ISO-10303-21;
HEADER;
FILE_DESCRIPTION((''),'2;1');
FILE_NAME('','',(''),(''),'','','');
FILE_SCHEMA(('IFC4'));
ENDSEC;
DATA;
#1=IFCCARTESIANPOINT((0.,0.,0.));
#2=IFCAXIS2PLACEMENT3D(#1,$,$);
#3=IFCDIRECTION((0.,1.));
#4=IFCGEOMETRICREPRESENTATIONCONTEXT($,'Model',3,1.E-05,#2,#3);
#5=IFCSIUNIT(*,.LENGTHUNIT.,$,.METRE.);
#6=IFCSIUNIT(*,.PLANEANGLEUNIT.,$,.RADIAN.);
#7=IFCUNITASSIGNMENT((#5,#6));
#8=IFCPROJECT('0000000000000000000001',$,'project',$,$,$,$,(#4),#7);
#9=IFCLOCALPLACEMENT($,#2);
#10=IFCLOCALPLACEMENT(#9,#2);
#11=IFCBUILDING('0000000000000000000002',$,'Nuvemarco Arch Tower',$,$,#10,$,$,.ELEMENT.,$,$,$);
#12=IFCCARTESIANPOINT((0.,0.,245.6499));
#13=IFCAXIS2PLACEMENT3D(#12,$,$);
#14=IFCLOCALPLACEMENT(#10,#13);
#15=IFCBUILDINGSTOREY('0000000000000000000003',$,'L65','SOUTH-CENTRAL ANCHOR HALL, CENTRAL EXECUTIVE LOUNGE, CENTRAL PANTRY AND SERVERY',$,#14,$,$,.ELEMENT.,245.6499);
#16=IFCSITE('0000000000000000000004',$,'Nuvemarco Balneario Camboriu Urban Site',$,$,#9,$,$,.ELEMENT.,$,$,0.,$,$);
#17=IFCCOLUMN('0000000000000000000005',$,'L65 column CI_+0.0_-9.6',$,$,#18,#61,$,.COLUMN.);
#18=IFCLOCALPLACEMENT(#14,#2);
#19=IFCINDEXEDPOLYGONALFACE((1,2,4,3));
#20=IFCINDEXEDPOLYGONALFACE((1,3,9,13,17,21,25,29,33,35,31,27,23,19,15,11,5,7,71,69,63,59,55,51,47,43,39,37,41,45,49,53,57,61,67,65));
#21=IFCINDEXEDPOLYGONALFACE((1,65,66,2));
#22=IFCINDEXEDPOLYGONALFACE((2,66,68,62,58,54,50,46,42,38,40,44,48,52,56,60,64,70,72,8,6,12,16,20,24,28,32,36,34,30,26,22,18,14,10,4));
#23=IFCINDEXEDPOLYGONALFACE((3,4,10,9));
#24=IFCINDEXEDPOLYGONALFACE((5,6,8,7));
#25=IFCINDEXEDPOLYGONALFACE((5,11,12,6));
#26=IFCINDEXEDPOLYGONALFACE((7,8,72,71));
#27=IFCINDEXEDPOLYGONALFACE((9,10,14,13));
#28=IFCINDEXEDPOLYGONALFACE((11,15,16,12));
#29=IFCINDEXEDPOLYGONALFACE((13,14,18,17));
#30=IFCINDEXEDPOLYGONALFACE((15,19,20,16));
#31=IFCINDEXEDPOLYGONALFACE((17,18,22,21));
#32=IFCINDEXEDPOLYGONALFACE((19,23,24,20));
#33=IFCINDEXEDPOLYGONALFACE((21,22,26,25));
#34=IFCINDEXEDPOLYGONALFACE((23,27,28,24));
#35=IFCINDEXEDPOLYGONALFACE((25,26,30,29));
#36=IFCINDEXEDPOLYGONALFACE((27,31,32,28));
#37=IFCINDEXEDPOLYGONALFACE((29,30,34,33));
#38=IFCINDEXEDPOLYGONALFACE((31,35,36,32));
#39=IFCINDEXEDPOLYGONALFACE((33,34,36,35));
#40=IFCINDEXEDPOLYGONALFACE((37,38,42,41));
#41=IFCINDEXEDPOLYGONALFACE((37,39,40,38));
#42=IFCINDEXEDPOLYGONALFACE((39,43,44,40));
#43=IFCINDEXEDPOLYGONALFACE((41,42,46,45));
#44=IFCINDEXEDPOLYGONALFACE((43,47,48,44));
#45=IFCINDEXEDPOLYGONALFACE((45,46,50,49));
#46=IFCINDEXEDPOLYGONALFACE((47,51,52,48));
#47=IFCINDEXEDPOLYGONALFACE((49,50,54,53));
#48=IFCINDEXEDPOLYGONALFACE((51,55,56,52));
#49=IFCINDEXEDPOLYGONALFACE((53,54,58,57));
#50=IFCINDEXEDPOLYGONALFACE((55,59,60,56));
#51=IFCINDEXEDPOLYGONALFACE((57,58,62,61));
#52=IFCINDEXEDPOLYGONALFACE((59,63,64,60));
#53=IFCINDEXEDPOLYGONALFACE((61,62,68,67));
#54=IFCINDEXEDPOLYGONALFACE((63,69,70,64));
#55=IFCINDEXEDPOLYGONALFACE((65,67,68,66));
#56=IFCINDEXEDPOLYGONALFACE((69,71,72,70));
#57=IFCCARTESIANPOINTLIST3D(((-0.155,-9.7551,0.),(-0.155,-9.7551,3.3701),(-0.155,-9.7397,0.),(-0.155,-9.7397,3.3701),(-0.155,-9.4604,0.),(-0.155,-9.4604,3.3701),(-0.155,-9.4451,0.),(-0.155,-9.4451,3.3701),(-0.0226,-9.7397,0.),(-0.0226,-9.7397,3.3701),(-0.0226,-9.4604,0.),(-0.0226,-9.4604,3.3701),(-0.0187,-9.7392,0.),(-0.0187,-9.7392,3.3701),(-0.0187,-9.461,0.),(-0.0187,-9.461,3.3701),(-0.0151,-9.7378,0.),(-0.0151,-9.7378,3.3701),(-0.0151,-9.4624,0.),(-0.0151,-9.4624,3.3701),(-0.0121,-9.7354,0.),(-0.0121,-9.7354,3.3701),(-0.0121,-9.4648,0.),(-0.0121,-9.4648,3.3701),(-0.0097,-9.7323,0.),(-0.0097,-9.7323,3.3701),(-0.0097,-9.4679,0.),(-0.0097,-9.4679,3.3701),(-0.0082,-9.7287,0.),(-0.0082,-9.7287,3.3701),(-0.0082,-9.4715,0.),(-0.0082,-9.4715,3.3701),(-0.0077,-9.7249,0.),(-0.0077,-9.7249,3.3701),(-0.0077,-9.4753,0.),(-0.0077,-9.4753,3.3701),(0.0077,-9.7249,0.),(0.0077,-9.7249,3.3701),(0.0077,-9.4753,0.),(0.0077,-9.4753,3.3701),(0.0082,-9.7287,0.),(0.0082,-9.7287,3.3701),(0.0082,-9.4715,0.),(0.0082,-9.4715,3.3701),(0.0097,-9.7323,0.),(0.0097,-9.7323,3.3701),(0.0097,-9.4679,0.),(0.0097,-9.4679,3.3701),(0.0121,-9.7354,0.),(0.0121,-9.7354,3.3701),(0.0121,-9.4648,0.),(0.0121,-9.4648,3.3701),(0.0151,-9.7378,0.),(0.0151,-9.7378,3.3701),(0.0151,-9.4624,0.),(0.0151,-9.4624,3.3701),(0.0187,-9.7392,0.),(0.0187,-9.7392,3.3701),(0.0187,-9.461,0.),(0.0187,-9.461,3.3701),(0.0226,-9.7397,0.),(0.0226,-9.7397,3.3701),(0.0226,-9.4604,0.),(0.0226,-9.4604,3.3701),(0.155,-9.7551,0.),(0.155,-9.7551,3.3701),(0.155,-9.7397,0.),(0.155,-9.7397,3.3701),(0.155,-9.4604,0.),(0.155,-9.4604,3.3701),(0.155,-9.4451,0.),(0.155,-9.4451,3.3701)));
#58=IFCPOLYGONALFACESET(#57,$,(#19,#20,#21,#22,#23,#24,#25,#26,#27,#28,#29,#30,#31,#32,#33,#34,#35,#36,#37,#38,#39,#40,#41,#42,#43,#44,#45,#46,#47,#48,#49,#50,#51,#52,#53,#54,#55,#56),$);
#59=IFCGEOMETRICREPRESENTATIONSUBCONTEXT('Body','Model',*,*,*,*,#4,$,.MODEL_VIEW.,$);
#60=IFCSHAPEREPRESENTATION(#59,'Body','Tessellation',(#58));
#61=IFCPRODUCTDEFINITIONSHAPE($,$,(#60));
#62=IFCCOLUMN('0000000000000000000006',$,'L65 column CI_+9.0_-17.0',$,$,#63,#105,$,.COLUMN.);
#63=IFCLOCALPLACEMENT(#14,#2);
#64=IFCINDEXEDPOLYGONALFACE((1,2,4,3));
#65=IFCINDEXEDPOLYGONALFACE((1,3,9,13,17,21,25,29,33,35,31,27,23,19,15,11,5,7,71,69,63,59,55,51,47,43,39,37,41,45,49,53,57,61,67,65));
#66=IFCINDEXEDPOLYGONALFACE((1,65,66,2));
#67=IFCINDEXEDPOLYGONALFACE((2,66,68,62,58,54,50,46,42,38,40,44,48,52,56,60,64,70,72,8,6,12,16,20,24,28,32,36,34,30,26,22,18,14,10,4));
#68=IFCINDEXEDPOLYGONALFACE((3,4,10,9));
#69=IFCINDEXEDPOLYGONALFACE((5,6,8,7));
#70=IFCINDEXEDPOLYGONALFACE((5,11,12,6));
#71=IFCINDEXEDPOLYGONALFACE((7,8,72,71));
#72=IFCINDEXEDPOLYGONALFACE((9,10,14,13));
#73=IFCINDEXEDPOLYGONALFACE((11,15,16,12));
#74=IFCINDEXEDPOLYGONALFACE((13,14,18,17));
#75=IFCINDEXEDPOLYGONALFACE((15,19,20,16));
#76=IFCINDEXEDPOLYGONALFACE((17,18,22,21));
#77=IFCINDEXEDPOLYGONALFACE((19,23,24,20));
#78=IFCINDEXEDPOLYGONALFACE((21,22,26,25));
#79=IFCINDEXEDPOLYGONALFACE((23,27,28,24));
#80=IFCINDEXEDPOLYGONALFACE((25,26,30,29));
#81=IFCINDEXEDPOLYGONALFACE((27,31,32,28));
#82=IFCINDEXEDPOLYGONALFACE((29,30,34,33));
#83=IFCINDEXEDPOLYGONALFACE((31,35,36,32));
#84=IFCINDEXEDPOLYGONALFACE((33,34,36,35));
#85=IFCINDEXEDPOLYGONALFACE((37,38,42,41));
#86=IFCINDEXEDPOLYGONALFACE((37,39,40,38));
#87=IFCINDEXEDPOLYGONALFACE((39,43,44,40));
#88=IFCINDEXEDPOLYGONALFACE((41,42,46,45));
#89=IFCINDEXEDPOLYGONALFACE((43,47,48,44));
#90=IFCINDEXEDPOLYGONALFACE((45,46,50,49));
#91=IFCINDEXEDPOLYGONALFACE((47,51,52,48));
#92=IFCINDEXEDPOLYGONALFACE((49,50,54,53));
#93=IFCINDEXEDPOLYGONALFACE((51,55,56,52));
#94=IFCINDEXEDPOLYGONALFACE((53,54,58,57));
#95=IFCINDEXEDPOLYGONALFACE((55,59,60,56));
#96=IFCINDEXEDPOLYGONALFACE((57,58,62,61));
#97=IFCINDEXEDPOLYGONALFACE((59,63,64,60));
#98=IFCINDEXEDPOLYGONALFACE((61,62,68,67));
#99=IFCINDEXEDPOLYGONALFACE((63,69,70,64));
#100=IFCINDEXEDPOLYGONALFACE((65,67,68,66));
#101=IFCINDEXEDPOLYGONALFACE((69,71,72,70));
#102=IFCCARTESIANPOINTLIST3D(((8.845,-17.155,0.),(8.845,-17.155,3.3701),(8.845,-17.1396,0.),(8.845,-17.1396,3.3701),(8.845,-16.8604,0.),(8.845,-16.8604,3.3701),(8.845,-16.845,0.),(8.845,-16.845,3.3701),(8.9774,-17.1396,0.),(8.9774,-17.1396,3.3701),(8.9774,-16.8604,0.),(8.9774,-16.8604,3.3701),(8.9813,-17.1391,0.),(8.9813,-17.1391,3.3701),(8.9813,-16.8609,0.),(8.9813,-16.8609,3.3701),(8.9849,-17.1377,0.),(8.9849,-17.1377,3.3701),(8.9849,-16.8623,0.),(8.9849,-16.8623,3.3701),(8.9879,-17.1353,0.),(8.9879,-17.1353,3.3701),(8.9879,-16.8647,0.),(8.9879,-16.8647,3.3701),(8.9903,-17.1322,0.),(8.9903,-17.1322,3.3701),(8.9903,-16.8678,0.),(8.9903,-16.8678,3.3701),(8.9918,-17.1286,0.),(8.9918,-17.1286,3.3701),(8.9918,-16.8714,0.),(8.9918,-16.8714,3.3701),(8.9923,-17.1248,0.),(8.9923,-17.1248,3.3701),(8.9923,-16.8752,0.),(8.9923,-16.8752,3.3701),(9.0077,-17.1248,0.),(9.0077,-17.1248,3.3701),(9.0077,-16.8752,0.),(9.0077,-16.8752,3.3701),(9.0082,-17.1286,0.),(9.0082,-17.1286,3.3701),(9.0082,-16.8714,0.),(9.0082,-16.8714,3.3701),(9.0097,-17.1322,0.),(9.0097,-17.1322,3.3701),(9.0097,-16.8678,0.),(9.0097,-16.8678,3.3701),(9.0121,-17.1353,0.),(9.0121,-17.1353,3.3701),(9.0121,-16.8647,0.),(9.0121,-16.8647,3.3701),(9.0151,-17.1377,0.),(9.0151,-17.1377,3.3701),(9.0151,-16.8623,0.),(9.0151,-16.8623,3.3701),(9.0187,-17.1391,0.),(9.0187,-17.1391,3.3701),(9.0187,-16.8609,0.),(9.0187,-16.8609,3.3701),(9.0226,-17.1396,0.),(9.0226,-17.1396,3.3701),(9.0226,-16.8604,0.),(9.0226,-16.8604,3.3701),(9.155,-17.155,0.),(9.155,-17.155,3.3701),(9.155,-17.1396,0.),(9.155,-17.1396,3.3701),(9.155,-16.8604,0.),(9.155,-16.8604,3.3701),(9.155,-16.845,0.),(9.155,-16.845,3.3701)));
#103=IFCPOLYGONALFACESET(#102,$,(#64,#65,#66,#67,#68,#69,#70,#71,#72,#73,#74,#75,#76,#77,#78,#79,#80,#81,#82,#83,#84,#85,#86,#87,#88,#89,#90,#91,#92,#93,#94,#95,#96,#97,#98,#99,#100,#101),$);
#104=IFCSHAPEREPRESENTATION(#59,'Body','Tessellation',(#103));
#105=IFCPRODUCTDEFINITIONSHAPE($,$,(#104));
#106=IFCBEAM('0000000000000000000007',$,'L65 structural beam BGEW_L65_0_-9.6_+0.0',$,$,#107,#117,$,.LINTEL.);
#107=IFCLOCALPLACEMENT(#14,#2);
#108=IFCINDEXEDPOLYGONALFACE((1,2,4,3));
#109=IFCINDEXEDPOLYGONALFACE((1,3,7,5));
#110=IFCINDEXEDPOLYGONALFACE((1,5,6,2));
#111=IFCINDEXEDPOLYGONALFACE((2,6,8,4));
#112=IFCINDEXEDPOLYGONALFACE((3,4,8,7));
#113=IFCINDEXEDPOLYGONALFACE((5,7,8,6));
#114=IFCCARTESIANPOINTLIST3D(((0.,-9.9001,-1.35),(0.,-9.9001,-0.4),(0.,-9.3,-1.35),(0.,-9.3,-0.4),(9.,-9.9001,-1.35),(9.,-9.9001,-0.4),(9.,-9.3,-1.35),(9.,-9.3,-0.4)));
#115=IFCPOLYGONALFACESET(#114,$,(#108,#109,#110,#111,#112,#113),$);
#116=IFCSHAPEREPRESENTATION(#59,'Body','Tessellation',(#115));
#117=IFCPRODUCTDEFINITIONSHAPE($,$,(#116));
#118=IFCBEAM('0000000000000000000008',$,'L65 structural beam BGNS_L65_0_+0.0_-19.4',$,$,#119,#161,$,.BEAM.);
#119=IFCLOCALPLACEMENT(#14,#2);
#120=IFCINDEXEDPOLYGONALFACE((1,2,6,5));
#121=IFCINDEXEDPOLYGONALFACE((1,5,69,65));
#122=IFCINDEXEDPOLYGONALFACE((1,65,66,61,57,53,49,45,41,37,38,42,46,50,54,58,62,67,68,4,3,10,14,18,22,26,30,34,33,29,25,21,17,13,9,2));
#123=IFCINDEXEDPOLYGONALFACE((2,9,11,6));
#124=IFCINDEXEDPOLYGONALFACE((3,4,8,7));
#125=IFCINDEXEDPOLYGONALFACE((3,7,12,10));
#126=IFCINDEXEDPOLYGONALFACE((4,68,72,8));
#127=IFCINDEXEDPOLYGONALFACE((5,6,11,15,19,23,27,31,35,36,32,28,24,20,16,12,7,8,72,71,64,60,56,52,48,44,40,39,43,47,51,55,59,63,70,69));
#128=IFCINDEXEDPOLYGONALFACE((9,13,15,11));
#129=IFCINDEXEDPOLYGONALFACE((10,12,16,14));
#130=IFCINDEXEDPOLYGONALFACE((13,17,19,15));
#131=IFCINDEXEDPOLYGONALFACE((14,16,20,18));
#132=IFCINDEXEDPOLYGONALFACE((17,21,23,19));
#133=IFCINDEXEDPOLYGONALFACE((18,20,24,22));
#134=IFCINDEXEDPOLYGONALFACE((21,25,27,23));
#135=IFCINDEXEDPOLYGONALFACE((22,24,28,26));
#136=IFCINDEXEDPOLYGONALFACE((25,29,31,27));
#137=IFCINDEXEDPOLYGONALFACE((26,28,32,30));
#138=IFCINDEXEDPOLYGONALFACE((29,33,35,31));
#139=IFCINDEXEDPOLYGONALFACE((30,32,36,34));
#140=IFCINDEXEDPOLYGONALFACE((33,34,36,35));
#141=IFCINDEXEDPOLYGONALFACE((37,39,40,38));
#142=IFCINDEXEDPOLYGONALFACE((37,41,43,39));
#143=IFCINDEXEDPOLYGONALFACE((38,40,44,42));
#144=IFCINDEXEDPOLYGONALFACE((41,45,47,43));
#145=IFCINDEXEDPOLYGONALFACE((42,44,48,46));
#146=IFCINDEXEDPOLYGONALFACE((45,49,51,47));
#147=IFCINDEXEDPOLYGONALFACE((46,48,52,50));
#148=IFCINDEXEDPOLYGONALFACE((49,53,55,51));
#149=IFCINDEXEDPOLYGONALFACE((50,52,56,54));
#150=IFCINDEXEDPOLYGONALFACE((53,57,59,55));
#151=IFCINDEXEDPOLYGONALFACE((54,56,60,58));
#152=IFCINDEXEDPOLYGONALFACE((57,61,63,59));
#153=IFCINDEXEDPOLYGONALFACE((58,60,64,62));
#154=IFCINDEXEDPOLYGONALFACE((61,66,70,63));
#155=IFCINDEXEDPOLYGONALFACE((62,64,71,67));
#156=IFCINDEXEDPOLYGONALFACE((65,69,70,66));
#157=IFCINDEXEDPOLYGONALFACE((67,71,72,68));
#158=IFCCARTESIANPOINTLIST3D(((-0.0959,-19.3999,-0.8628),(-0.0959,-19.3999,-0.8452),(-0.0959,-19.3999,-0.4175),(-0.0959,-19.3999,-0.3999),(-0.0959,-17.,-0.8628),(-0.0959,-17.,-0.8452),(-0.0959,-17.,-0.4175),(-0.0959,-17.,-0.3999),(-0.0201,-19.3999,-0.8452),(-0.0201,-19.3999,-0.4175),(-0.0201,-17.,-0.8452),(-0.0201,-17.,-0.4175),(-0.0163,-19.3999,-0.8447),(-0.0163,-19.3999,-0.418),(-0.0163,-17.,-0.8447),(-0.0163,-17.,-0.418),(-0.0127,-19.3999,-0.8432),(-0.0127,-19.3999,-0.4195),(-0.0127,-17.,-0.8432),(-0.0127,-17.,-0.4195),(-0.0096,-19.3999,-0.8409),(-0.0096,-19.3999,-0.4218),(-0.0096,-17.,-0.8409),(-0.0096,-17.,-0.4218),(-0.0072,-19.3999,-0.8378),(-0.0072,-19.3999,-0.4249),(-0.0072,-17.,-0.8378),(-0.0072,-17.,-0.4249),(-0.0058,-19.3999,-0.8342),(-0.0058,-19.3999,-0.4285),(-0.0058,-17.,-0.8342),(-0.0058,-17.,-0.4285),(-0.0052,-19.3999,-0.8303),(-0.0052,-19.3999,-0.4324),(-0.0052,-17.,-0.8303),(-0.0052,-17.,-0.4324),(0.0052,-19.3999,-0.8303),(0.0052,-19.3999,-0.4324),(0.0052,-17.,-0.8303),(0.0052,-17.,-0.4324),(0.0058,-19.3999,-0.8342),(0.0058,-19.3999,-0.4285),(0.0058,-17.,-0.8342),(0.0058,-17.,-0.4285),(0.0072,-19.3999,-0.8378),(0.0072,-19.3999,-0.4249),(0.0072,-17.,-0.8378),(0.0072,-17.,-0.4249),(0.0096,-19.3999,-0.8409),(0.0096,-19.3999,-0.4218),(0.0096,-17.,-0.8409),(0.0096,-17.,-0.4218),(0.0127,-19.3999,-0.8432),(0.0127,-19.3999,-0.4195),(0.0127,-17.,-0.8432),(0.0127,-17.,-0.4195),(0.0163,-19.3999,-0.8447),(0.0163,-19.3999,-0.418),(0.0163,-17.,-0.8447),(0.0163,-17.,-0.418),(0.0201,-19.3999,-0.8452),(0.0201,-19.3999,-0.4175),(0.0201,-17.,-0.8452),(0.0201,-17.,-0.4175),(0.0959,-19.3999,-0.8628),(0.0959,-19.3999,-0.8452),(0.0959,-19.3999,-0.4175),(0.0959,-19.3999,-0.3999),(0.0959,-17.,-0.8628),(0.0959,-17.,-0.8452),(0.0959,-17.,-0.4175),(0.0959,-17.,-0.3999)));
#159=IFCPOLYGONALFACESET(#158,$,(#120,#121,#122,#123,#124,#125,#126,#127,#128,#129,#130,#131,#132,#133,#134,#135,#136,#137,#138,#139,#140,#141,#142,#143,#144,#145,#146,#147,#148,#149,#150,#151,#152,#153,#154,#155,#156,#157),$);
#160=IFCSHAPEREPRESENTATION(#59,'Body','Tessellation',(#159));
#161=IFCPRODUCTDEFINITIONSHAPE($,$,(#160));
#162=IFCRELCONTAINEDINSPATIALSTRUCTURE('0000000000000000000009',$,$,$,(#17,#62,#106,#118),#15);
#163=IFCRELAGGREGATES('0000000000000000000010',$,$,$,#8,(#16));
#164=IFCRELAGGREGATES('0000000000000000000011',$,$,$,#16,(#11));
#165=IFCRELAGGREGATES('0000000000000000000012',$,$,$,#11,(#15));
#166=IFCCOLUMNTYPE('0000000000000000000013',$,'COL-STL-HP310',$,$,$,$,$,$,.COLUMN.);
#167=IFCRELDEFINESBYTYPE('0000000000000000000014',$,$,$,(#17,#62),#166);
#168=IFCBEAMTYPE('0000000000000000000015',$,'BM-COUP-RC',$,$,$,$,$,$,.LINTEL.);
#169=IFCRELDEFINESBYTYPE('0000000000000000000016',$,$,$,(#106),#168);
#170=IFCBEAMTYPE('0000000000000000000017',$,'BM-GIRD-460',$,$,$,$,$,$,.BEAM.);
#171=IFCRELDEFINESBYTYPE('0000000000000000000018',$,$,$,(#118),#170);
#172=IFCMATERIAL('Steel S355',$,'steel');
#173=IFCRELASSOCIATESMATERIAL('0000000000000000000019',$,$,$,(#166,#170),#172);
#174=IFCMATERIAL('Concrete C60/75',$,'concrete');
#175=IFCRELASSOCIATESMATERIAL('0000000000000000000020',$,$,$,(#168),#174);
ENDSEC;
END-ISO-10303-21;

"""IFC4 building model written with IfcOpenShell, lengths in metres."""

from ifc_helpers import new_model, si_unit, direction, frame, origin, origin_2d, place, context, subcontext, project, spatial, rectangle, i_section, extrude, material, material_profile, profile_set, type_object, element, save


model = new_model("IFC4")

# Units and contexts
model_context = context("Model", 3, precision=1e-05, world=origin(), true_north=direction((0.0, 1.0)))
body_context = subcontext(model_context, "Body", "Model", "MODEL_VIEW")
ifc_project = project(units=[si_unit("LENGTHUNIT", "METRE"), si_unit("PLANEANGLEUNIT", "RADIAN")], contexts=[model_context])

# Site, building, storey
site_placement = place(None, origin())
site = spatial("IfcSite", under=ifc_project, at=site_placement, Name="Nuvemarco Balneario Camboriu Urban Site", CompositionType="ELEMENT", RefElevation=0.0)
building_placement = place(site_placement, origin())
building = spatial("IfcBuilding", under=site, at=building_placement, Name="Nuvemarco Arch Tower", CompositionType="ELEMENT")
storey_placement = place(building_placement, frame((0.0, 0.0, 245.6499)))
storey = spatial("IfcBuildingStorey", under=building, at=storey_placement, Name="L65", Description="SOUTH-CENTRAL ANCHOR HALL, CENTRAL EXECUTIVE LOUNGE, CENTRAL PANTRY AND SERVERY", CompositionType="ELEMENT", Elevation=245.6499)

# Columns
ifc_material_1 = material(Name="Steel S355", Category="steel")
ifc_material_profile_1 = material_profile(ifc_material_1, i_section(OverallWidth=0.3101, OverallDepth=0.3101, WebThickness=0.0154, FlangeThickness=0.0154, FilletRadius=0.0149, at=origin_2d()), Name="HP310x110")
ifc_profile_set_1 = profile_set([ifc_material_profile_1], Name="Steel S355")
column_type_1 = type_object("IfcColumnType", Name="COL-STL-HP310", PredefinedType="COLUMN", material=ifc_profile_set_1)
for number, where, z_axis, x_axis, name in (
    (1, (0.0, -9.6001, 0.0), (0.0, 0.0, 1.0), (1.0, 0.0, 0.0), "L65 column CI_+0.0_-9.6"),
    (2, (9.0, -17.0, 0.0), (0.0, 0.0, 1.0), (1.0, 0.0, 0.0), "L65 column CI_+9.0_-17.0"),
):
    element("IfcColumn", number, at=place(storey_placement, frame(where, z_axis=z_axis, x_axis=x_axis)), inside=storey, type_object=column_type_1, Name=name, PredefinedType="COLUMN", context=body_context, shape_type="SweptSolid", body=[
        extrude(i_section(OverallWidth=0.3101, OverallDepth=0.3101, WebThickness=0.0154, FlangeThickness=0.0154, FilletRadius=0.0149, at=origin_2d()), origin(), (0.0, 0.0, 1.0), 3.3701),
    ])

# Beams
ifc_material_2 = material(Name="Concrete C60/75", Category="concrete")
ifc_material_profile_2 = material_profile(ifc_material_2, rectangle(XDim=0.6001, YDim=0.95, at=origin_2d()), Name="RC-BM-600x950")
ifc_profile_set_2 = profile_set([ifc_material_profile_2], Name="Concrete C60/75")
beam_type_1 = type_object("IfcBeamType", Name="BM-COUP-RC", PredefinedType="LINTEL", material=ifc_profile_set_2)
beam_1_placement = place(storey_placement, frame((0.0, -9.6001, -0.875), z_axis=(1.0, 0.0, 0.0), x_axis=(0.0, 1.0, 0.0)))
element("IfcBeam", 3, at=beam_1_placement, inside=storey, type_object=beam_type_1, Name="L65 structural beam BGEW_L65_0_-9.6_+0.0", PredefinedType="LINTEL", context=body_context, shape_type="SweptSolid", body=[
    extrude(rectangle(XDim=0.6001, YDim=0.95, at=origin_2d()), origin(), (0.0, 0.0, 1.0), 9.0),
])
ifc_material_profile_3 = material_profile(ifc_material_1, i_section(OverallWidth=0.1919, OverallDepth=0.4629, WebThickness=0.0105, FlangeThickness=0.0176, FilletRadius=0.0149, at=origin_2d()), Name="W460x89")
ifc_profile_set_3 = profile_set([ifc_material_profile_3], Name="Steel S355")
beam_type_2 = type_object("IfcBeamType", Name="BM-GIRD-460", PredefinedType="BEAM", material=ifc_profile_set_3)
beam_2_placement = place(storey_placement, frame((0.0, -19.3999, -0.6313), z_axis=(0.0, 1.0, 0.0), x_axis=(-1.0, 0.0, 0.0)))
element("IfcBeam", 4, at=beam_2_placement, inside=storey, type_object=beam_type_2, Name="L65 structural beam BGNS_L65_0_+0.0_-19.4", PredefinedType="BEAM", context=body_context, shape_type="SweptSolid", body=[
    extrude(i_section(OverallWidth=0.1919, OverallDepth=0.4629, WebThickness=0.0105, FlangeThickness=0.0176, FilletRadius=0.0149, at=origin_2d()), origin(), (0.0, 0.0, 1.0), 2.3999),
])

save(model, "model.ifc")
